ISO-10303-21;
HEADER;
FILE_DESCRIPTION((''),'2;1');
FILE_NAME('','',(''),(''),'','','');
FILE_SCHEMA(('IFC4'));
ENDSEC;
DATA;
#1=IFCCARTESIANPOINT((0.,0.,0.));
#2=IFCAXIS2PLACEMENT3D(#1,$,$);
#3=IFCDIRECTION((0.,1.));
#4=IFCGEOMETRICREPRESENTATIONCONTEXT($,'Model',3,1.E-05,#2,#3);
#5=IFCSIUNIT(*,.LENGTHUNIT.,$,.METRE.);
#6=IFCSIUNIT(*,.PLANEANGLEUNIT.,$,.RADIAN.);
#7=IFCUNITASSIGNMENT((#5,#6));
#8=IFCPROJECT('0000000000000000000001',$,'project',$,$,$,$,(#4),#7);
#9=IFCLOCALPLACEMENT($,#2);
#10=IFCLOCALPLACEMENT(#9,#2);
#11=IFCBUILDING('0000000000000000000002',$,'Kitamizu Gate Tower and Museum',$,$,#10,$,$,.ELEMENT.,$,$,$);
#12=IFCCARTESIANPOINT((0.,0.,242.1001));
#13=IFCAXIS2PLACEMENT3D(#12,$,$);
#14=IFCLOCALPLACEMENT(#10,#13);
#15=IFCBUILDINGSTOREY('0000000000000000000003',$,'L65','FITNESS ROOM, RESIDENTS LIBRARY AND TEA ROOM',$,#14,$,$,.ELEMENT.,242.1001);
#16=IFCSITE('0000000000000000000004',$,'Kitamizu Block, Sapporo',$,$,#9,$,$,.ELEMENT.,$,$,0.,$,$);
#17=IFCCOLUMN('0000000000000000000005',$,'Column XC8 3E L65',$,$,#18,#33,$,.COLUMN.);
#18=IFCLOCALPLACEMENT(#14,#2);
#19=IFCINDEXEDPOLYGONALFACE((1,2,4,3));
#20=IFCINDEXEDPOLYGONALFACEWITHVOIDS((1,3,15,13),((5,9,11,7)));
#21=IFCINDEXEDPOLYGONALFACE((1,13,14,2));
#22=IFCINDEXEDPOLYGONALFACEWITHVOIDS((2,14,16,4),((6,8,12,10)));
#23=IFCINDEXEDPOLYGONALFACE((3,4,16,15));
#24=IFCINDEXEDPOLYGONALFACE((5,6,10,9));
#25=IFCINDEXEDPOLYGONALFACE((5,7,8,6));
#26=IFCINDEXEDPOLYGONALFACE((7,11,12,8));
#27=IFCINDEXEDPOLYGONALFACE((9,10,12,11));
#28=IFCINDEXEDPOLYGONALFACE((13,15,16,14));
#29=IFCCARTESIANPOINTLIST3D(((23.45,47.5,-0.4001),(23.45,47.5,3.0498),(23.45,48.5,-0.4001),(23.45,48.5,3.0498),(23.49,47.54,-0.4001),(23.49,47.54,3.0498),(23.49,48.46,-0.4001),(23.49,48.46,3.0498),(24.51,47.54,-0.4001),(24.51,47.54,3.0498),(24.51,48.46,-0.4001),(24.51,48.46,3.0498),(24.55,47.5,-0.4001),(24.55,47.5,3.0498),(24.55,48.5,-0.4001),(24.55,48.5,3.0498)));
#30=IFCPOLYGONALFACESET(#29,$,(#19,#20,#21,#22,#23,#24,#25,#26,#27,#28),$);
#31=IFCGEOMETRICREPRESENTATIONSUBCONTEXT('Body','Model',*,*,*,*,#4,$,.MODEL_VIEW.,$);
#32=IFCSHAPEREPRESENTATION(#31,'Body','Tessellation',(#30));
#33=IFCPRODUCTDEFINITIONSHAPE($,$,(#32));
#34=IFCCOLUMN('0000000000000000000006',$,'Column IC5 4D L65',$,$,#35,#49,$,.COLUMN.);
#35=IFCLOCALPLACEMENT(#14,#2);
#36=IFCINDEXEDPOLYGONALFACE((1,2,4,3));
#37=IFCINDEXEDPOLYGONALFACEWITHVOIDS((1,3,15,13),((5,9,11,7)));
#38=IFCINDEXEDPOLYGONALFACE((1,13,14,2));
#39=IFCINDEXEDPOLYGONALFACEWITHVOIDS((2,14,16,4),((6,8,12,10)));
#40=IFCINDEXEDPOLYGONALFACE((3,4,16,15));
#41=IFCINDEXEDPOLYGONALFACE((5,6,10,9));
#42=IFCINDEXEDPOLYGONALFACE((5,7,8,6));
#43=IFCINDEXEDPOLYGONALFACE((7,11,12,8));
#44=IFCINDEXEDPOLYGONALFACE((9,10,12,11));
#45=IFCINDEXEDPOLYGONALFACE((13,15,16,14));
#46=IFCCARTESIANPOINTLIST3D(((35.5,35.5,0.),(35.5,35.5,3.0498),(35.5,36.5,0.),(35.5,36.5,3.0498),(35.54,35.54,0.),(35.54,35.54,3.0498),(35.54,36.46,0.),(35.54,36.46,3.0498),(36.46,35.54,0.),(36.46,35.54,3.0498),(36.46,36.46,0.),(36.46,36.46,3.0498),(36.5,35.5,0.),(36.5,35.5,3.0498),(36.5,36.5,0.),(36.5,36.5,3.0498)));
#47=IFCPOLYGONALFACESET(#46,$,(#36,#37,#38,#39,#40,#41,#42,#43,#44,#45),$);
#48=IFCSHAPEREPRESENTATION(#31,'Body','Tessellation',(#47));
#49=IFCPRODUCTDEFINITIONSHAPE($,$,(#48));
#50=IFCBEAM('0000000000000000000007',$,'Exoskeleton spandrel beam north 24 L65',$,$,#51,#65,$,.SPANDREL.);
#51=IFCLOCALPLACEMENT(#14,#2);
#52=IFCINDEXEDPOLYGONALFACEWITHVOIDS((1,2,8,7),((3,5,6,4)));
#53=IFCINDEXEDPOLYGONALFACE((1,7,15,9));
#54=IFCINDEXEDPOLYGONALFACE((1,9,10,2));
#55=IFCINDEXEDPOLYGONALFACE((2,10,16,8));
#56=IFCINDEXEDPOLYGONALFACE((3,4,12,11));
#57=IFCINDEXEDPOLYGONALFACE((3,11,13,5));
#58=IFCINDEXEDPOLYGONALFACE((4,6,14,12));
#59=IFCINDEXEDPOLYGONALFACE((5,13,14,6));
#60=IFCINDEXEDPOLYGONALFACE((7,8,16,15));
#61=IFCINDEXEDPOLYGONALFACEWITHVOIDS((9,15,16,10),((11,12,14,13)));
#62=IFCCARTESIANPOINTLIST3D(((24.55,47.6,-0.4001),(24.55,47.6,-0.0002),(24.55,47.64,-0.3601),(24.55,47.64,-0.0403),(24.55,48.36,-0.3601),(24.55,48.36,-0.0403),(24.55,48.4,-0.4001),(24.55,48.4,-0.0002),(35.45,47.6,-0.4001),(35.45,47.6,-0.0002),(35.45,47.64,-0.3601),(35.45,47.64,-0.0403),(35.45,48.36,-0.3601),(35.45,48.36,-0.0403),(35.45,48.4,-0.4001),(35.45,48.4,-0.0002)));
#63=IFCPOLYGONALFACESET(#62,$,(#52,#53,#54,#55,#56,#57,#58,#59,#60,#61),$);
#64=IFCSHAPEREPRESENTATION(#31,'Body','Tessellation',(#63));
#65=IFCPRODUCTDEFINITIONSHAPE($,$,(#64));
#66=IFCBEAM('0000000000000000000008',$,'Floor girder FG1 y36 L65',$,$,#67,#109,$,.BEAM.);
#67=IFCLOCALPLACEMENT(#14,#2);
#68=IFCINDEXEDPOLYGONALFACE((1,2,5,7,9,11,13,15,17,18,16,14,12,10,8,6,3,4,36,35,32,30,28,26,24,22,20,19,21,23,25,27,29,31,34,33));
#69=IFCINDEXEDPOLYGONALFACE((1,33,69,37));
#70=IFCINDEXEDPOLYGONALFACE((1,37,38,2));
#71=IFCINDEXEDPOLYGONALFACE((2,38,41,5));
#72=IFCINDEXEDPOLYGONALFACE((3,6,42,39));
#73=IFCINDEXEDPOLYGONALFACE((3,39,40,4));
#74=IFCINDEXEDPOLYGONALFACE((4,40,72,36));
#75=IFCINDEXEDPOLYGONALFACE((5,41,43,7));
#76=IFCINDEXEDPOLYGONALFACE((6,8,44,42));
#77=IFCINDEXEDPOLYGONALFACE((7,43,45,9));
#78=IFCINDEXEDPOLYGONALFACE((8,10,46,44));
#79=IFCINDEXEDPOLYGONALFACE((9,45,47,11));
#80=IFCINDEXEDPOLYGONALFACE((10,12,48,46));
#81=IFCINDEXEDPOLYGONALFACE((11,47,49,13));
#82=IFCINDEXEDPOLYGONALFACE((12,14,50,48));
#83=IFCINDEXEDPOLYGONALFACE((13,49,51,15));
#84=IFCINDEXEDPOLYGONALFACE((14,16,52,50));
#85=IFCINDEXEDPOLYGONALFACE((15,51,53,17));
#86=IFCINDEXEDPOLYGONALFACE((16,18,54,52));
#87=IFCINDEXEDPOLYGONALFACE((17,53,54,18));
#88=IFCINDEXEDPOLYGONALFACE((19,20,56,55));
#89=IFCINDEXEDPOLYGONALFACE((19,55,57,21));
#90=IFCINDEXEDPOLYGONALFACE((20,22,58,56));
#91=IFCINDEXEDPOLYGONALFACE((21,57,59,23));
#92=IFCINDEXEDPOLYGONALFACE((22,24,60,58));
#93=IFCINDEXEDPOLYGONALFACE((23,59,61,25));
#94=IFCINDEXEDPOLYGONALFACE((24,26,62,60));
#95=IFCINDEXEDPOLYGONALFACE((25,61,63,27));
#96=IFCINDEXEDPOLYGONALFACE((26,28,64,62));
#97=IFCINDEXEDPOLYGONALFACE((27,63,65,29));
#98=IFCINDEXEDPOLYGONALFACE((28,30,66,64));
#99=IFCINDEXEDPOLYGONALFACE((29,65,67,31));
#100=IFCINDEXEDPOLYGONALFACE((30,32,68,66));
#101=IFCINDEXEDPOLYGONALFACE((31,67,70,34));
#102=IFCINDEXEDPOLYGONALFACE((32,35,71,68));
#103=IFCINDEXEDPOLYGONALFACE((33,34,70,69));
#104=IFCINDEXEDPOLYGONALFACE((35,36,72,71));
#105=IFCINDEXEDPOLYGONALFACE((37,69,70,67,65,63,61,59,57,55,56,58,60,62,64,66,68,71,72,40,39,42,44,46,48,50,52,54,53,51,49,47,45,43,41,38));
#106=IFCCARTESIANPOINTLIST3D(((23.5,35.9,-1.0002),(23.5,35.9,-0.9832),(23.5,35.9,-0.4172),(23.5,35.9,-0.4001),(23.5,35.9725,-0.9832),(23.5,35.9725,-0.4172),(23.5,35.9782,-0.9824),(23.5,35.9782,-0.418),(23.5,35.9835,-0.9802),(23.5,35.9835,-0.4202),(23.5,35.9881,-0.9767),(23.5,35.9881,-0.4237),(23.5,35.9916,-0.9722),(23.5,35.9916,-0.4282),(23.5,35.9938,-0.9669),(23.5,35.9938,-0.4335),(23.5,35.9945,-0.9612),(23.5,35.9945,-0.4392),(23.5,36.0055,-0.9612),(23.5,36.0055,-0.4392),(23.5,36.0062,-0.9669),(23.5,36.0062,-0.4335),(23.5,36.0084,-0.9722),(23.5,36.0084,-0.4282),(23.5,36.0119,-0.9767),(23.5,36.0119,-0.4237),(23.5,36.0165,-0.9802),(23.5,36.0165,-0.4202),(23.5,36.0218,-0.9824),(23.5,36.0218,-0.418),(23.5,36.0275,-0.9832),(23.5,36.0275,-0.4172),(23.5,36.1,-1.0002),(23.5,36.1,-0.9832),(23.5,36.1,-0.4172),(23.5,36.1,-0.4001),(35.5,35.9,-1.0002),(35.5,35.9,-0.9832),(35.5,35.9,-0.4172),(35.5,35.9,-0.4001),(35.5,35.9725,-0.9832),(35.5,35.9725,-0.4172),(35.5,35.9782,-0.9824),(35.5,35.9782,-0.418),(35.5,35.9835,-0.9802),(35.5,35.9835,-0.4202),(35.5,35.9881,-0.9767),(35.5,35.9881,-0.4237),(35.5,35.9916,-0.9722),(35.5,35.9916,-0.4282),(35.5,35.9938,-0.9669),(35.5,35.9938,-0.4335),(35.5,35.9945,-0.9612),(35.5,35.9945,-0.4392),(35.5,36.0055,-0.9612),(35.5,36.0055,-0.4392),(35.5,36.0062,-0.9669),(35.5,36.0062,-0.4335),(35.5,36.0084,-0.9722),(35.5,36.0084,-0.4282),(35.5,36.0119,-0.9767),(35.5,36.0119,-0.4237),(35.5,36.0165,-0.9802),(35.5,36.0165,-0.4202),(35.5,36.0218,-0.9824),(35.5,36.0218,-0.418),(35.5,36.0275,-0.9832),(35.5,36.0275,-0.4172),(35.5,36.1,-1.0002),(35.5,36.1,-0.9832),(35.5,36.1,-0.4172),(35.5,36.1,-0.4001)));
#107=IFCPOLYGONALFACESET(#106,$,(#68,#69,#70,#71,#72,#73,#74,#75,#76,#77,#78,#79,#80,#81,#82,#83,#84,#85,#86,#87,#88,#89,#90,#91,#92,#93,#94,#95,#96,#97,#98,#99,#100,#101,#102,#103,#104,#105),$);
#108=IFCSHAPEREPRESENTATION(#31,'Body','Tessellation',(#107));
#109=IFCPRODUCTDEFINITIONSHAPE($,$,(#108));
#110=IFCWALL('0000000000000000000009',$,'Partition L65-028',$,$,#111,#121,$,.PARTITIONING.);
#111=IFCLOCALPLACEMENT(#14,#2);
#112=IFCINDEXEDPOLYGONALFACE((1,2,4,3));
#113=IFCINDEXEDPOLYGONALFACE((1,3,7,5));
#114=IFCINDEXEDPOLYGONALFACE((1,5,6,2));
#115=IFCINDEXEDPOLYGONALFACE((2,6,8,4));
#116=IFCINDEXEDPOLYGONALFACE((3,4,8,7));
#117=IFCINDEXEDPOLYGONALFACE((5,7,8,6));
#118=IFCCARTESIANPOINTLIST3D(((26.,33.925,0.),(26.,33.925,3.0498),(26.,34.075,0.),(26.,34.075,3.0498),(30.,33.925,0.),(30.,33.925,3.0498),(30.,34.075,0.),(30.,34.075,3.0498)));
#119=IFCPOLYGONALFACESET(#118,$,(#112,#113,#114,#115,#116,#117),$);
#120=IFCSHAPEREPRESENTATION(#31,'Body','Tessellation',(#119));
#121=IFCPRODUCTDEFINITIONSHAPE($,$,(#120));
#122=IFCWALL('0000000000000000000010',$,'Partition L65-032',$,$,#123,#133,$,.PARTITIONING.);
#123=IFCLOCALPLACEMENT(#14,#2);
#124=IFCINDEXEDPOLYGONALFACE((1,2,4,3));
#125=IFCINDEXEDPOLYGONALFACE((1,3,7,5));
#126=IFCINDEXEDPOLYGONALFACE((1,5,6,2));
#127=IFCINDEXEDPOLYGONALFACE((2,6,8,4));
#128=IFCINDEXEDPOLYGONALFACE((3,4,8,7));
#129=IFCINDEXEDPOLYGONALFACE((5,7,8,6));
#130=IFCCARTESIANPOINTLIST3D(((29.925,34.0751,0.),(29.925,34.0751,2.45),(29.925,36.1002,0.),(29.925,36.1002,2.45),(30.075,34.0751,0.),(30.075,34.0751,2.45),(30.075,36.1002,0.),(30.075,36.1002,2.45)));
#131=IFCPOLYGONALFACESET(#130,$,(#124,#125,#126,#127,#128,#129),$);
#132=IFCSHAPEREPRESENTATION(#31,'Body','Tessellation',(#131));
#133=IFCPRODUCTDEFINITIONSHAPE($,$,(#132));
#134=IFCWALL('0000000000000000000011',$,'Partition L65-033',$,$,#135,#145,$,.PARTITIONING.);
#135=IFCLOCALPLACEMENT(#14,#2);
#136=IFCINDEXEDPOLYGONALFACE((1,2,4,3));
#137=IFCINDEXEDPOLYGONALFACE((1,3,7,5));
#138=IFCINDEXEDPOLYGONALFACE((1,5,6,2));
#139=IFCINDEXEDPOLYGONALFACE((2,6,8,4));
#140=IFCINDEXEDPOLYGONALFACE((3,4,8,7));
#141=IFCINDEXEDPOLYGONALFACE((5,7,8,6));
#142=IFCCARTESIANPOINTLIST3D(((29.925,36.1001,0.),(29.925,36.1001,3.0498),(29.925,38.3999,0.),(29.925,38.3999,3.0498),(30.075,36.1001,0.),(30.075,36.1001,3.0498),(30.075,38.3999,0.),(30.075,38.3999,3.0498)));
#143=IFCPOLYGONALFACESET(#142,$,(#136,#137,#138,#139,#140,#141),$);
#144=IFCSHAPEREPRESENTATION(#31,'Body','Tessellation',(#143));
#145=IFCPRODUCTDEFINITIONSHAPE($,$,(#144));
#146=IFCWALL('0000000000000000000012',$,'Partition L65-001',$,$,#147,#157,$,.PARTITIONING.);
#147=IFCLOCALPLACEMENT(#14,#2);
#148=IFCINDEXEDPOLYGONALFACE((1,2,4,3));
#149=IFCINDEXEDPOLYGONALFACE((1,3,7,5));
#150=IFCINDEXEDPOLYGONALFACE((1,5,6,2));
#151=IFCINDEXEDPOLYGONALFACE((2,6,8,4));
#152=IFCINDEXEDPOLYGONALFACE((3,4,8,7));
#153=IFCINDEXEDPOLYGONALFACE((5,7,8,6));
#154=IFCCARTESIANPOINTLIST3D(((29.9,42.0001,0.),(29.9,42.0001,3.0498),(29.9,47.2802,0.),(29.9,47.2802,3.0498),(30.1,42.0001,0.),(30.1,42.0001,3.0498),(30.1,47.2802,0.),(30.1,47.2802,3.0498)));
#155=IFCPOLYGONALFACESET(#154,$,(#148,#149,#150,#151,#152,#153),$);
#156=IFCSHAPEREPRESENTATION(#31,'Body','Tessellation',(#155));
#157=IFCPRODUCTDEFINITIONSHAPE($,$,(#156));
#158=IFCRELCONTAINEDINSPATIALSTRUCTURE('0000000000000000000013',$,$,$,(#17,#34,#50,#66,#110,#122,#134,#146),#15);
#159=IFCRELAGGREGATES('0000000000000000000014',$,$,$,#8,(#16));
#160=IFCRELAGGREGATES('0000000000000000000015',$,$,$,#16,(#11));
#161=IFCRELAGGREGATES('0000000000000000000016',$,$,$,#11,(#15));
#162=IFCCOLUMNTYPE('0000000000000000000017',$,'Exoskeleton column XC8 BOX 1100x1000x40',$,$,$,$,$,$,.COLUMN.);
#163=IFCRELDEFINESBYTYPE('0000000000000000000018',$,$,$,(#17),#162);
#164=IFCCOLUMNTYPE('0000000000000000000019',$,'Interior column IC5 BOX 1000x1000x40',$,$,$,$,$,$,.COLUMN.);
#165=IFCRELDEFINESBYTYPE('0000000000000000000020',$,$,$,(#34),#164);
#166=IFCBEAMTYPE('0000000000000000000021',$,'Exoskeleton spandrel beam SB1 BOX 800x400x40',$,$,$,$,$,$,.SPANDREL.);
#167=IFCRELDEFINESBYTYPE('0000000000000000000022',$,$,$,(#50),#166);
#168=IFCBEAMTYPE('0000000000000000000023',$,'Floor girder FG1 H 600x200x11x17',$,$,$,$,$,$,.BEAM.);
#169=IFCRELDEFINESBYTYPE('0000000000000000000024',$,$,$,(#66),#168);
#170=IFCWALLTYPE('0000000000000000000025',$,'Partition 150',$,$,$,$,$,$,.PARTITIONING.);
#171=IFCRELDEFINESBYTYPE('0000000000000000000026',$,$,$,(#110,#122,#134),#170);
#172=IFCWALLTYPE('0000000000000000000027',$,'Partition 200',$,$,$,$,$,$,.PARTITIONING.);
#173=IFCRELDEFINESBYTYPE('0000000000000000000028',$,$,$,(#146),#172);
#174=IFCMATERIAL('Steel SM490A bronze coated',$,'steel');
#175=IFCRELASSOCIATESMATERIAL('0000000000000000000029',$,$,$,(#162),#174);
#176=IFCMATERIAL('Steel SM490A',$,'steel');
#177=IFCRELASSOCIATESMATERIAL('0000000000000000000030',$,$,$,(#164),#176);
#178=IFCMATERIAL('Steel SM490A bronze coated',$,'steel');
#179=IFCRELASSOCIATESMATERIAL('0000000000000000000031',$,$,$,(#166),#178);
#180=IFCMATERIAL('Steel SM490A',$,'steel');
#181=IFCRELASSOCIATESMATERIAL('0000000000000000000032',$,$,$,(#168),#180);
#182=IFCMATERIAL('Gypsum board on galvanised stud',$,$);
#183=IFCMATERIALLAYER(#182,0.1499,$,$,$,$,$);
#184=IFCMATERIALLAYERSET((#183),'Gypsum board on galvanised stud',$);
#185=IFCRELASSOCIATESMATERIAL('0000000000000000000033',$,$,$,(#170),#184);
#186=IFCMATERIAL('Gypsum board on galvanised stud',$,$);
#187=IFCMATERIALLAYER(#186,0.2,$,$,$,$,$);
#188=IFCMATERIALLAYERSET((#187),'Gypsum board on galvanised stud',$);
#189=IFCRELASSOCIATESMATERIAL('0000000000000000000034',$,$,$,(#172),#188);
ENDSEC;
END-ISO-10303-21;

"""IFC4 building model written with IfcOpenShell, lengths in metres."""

from ifc_helpers import new_model, si_unit, direction, frame, frame_2d, origin, origin_2d, place, context, subcontext, project, spatial, rectangle, hollow_rectangle, i_section, extrude, material, layer, layer_set, material_profile, profile_set, type_object, element, save


model = new_model("IFC4")

# Units and contexts
model_context = context("Model", 3, precision=1e-05, world=origin(), true_north=direction((0.0, 1.0)))
body_context = subcontext(model_context, "Body", "Model", "MODEL_VIEW")
ifc_project = project(units=[si_unit("LENGTHUNIT", "METRE"), si_unit("PLANEANGLEUNIT", "RADIAN")], contexts=[model_context])

# Site, building, storey
site_placement = place(None, origin())
site = spatial("IfcSite", under=ifc_project, at=site_placement, Name="Kitamizu Block, Sapporo", CompositionType="ELEMENT", RefElevation=0.0)
building_placement = place(site_placement, origin())
building = spatial("IfcBuilding", under=site, at=building_placement, Name="Kitamizu Gate Tower and Museum", CompositionType="ELEMENT")
storey_placement = place(building_placement, frame((0.0, 0.0, 242.1001)))
storey = spatial("IfcBuildingStorey", under=building, at=storey_placement, Name="L65", Description="FITNESS ROOM, RESIDENTS LIBRARY AND TEA ROOM", CompositionType="ELEMENT", Elevation=242.1001)

# Columns
ifc_material_1 = material(Name="Steel SM490A bronze coated", Category="steel")
ifc_material_profile_1 = material_profile(ifc_material_1, hollow_rectangle(XDim=1.1001, YDim=1.0, WallThickness=0.04, at=origin_2d()), Name="BOX 1100x1000x40")
ifc_profile_set_1 = profile_set([ifc_material_profile_1], Name="Steel SM490A bronze coated")
column_type_1 = type_object("IfcColumnType", Name="Exoskeleton column XC8 BOX 1100x1000x40", PredefinedType="COLUMN", material=ifc_profile_set_1)
column_1_placement = place(storey_placement, frame((24.0, 48.0, -0.4001), z_axis=(0.0, 0.0, 1.0), x_axis=(1.0, 0.0, 0.0)))
element("IfcColumn", 1, at=column_1_placement, inside=storey, type_object=column_type_1, Name="Column XC8 3E L65", PredefinedType="COLUMN", context=body_context, shape_type="SweptSolid", body=[
    extrude(hollow_rectangle(XDim=1.1001, YDim=1.0, WallThickness=0.04, at=origin_2d()), origin(), (0.0, 0.0, 1.0), 3.45),
])
ifc_material_2 = material(Name="Steel SM490A", Category="steel")
ifc_material_profile_2 = material_profile(ifc_material_2, hollow_rectangle(XDim=1.0, YDim=1.0, WallThickness=0.04, at=origin_2d()), Name="BOX 1000x1000x40")
ifc_profile_set_2 = profile_set([ifc_material_profile_2], Name="Steel SM490A")
column_type_2 = type_object("IfcColumnType", Name="Interior column IC5 BOX 1000x1000x40", PredefinedType="COLUMN", material=ifc_profile_set_2)
column_2_placement = place(storey_placement, frame((36.0, 36.0, 0.0), z_axis=(0.0, 0.0, 1.0), x_axis=(1.0, 0.0, 0.0)))
element("IfcColumn", 2, at=column_2_placement, inside=storey, type_object=column_type_2, Name="Column IC5 4D L65", PredefinedType="COLUMN", context=body_context, shape_type="SweptSolid", body=[
    extrude(hollow_rectangle(XDim=1.0, YDim=1.0, WallThickness=0.04, at=origin_2d()), origin(), (0.0, 0.0, 1.0), 3.0498),
])

# Beams
ifc_material_3 = material(Name="Steel SM490A bronze coated", Category="steel")
ifc_material_profile_3 = material_profile(ifc_material_3, hollow_rectangle(XDim=0.8, YDim=0.3999, WallThickness=0.04, at=origin_2d()), Name="BOX 800x400x40")
ifc_profile_set_3 = profile_set([ifc_material_profile_3], Name="Steel SM490A bronze coated")
beam_type_1 = type_object("IfcBeamType", Name="Exoskeleton spandrel beam SB1 BOX 800x400x40", PredefinedType="SPANDREL", material=ifc_profile_set_3)
beam_1_placement = place(storey_placement, frame((24.55, 48.0, -0.2002), z_axis=(1.0, 0.0, 0.0), x_axis=(0.0, 1.0, 0.0)))
element("IfcBeam", 3, at=beam_1_placement, inside=storey, type_object=beam_type_1, Name="Exoskeleton spandrel beam north 24 L65", PredefinedType="SPANDREL", context=body_context, shape_type="SweptSolid", body=[
    extrude(hollow_rectangle(XDim=0.8, YDim=0.3999, WallThickness=0.04, at=origin_2d()), origin(), (0.0, 0.0, 1.0), 10.8999),
])
ifc_material_4 = material(Name="Steel SM490A", Category="steel")
ifc_material_profile_4 = material_profile(ifc_material_4, i_section(OverallWidth=0.2, OverallDepth=0.6001, WebThickness=0.011, FlangeThickness=0.0171, FilletRadius=0.022, at=origin_2d()), Name="H-600x200x11x17")
ifc_profile_set_4 = profile_set([ifc_material_profile_4], Name="Steel SM490A")
beam_type_2 = type_object("IfcBeamType", Name="Floor girder FG1 H 600x200x11x17", PredefinedType="BEAM", material=ifc_profile_set_4)
beam_2_placement = place(storey_placement, frame((23.5, 36.0, -0.7002), z_axis=(1.0, 0.0, 0.0), x_axis=(0.0, 1.0, 0.0)))
element("IfcBeam", 4, at=beam_2_placement, inside=storey, type_object=beam_type_2, Name="Floor girder FG1 y36 L65", PredefinedType="BEAM", context=body_context, shape_type="SweptSolid", body=[
    extrude(i_section(OverallWidth=0.2, OverallDepth=0.6001, WebThickness=0.011, FlangeThickness=0.0171, FilletRadius=0.022, at=origin_2d()), origin(), (0.0, 0.0, 1.0), 12.0),
])

# Walls
ifc_material_5 = material(Name="Gypsum board on galvanised stud")
ifc_layer_1 = layer(ifc_material_5, 0.1499)
ifc_layer_set_1 = layer_set([ifc_layer_1], Name="Gypsum board on galvanised stud")
wall_type_1 = type_object("IfcWallType", Name="Partition 150", PredefinedType="PARTITIONING", material=ifc_layer_set_1)
wall_1_placement = place(storey_placement, frame((30.0, 34.0, 0.0), z_axis=(0.0, 0.0, 1.0), x_axis=(-1.0, 0.0, 0.0)))
element("IfcWall", 5, at=wall_1_placement, inside=storey, type_object=wall_type_1, Name="Partition L65-028", PredefinedType="PARTITIONING", context=body_context, shape_type="SweptSolid", body=[
    extrude(rectangle(XDim=4.0, YDim=0.1499, at=frame_2d((2.0, 0.0))), origin(), (0.0, 0.0, 1.0), 3.0498),
])
wall_2_placement = place(storey_placement, frame((30.0, 34.075, 0.0), z_axis=(0.0, 0.0, 1.0), x_axis=(0.0, 1.0, 0.0)))
element("IfcWall", 6, at=wall_2_placement, inside=storey, type_object=wall_type_1, Name="Partition L65-032", PredefinedType="PARTITIONING", context=body_context, shape_type="SweptSolid", body=[
    extrude(rectangle(XDim=2.0251, YDim=0.1499, at=frame_2d((1.0127, 0.0))), origin(), (0.0, 0.0, 1.0), 2.45),
])
wall_3_placement = place(storey_placement, frame((30.0, 36.1001, 0.0), z_axis=(0.0, 0.0, 1.0), x_axis=(0.0, 1.0, 0.0)))
element("IfcWall", 7, at=wall_3_placement, inside=storey, type_object=wall_type_1, Name="Partition L65-033", PredefinedType="PARTITIONING", context=body_context, shape_type="SweptSolid", body=[
    extrude(rectangle(XDim=2.2998, YDim=0.1499, at=frame_2d((1.1499, 0.0))), origin(), (0.0, 0.0, 1.0), 3.0498),
])
ifc_material_6 = material(Name="Gypsum board on galvanised stud")
ifc_layer_2 = layer(ifc_material_6, 0.2)
ifc_layer_set_2 = layer_set([ifc_layer_2], Name="Gypsum board on galvanised stud")
wall_type_2 = type_object("IfcWallType", Name="Partition 200", PredefinedType="PARTITIONING", material=ifc_layer_set_2)
wall_4_placement = place(storey_placement, frame((30.0, 42.0, 0.0), z_axis=(0.0, 0.0, 1.0), x_axis=(0.0, 1.0, 0.0)))
element("IfcWall", 8, at=wall_4_placement, inside=storey, type_object=wall_type_2, Name="Partition L65-001", PredefinedType="PARTITIONING", context=body_context, shape_type="SweptSolid", body=[
    extrude(rectangle(XDim=5.28, YDim=0.2, at=frame_2d((2.6401, 0.0))), origin(), (0.0, 0.0, 1.0), 3.0498),
])

save(model, "model.ifc")
